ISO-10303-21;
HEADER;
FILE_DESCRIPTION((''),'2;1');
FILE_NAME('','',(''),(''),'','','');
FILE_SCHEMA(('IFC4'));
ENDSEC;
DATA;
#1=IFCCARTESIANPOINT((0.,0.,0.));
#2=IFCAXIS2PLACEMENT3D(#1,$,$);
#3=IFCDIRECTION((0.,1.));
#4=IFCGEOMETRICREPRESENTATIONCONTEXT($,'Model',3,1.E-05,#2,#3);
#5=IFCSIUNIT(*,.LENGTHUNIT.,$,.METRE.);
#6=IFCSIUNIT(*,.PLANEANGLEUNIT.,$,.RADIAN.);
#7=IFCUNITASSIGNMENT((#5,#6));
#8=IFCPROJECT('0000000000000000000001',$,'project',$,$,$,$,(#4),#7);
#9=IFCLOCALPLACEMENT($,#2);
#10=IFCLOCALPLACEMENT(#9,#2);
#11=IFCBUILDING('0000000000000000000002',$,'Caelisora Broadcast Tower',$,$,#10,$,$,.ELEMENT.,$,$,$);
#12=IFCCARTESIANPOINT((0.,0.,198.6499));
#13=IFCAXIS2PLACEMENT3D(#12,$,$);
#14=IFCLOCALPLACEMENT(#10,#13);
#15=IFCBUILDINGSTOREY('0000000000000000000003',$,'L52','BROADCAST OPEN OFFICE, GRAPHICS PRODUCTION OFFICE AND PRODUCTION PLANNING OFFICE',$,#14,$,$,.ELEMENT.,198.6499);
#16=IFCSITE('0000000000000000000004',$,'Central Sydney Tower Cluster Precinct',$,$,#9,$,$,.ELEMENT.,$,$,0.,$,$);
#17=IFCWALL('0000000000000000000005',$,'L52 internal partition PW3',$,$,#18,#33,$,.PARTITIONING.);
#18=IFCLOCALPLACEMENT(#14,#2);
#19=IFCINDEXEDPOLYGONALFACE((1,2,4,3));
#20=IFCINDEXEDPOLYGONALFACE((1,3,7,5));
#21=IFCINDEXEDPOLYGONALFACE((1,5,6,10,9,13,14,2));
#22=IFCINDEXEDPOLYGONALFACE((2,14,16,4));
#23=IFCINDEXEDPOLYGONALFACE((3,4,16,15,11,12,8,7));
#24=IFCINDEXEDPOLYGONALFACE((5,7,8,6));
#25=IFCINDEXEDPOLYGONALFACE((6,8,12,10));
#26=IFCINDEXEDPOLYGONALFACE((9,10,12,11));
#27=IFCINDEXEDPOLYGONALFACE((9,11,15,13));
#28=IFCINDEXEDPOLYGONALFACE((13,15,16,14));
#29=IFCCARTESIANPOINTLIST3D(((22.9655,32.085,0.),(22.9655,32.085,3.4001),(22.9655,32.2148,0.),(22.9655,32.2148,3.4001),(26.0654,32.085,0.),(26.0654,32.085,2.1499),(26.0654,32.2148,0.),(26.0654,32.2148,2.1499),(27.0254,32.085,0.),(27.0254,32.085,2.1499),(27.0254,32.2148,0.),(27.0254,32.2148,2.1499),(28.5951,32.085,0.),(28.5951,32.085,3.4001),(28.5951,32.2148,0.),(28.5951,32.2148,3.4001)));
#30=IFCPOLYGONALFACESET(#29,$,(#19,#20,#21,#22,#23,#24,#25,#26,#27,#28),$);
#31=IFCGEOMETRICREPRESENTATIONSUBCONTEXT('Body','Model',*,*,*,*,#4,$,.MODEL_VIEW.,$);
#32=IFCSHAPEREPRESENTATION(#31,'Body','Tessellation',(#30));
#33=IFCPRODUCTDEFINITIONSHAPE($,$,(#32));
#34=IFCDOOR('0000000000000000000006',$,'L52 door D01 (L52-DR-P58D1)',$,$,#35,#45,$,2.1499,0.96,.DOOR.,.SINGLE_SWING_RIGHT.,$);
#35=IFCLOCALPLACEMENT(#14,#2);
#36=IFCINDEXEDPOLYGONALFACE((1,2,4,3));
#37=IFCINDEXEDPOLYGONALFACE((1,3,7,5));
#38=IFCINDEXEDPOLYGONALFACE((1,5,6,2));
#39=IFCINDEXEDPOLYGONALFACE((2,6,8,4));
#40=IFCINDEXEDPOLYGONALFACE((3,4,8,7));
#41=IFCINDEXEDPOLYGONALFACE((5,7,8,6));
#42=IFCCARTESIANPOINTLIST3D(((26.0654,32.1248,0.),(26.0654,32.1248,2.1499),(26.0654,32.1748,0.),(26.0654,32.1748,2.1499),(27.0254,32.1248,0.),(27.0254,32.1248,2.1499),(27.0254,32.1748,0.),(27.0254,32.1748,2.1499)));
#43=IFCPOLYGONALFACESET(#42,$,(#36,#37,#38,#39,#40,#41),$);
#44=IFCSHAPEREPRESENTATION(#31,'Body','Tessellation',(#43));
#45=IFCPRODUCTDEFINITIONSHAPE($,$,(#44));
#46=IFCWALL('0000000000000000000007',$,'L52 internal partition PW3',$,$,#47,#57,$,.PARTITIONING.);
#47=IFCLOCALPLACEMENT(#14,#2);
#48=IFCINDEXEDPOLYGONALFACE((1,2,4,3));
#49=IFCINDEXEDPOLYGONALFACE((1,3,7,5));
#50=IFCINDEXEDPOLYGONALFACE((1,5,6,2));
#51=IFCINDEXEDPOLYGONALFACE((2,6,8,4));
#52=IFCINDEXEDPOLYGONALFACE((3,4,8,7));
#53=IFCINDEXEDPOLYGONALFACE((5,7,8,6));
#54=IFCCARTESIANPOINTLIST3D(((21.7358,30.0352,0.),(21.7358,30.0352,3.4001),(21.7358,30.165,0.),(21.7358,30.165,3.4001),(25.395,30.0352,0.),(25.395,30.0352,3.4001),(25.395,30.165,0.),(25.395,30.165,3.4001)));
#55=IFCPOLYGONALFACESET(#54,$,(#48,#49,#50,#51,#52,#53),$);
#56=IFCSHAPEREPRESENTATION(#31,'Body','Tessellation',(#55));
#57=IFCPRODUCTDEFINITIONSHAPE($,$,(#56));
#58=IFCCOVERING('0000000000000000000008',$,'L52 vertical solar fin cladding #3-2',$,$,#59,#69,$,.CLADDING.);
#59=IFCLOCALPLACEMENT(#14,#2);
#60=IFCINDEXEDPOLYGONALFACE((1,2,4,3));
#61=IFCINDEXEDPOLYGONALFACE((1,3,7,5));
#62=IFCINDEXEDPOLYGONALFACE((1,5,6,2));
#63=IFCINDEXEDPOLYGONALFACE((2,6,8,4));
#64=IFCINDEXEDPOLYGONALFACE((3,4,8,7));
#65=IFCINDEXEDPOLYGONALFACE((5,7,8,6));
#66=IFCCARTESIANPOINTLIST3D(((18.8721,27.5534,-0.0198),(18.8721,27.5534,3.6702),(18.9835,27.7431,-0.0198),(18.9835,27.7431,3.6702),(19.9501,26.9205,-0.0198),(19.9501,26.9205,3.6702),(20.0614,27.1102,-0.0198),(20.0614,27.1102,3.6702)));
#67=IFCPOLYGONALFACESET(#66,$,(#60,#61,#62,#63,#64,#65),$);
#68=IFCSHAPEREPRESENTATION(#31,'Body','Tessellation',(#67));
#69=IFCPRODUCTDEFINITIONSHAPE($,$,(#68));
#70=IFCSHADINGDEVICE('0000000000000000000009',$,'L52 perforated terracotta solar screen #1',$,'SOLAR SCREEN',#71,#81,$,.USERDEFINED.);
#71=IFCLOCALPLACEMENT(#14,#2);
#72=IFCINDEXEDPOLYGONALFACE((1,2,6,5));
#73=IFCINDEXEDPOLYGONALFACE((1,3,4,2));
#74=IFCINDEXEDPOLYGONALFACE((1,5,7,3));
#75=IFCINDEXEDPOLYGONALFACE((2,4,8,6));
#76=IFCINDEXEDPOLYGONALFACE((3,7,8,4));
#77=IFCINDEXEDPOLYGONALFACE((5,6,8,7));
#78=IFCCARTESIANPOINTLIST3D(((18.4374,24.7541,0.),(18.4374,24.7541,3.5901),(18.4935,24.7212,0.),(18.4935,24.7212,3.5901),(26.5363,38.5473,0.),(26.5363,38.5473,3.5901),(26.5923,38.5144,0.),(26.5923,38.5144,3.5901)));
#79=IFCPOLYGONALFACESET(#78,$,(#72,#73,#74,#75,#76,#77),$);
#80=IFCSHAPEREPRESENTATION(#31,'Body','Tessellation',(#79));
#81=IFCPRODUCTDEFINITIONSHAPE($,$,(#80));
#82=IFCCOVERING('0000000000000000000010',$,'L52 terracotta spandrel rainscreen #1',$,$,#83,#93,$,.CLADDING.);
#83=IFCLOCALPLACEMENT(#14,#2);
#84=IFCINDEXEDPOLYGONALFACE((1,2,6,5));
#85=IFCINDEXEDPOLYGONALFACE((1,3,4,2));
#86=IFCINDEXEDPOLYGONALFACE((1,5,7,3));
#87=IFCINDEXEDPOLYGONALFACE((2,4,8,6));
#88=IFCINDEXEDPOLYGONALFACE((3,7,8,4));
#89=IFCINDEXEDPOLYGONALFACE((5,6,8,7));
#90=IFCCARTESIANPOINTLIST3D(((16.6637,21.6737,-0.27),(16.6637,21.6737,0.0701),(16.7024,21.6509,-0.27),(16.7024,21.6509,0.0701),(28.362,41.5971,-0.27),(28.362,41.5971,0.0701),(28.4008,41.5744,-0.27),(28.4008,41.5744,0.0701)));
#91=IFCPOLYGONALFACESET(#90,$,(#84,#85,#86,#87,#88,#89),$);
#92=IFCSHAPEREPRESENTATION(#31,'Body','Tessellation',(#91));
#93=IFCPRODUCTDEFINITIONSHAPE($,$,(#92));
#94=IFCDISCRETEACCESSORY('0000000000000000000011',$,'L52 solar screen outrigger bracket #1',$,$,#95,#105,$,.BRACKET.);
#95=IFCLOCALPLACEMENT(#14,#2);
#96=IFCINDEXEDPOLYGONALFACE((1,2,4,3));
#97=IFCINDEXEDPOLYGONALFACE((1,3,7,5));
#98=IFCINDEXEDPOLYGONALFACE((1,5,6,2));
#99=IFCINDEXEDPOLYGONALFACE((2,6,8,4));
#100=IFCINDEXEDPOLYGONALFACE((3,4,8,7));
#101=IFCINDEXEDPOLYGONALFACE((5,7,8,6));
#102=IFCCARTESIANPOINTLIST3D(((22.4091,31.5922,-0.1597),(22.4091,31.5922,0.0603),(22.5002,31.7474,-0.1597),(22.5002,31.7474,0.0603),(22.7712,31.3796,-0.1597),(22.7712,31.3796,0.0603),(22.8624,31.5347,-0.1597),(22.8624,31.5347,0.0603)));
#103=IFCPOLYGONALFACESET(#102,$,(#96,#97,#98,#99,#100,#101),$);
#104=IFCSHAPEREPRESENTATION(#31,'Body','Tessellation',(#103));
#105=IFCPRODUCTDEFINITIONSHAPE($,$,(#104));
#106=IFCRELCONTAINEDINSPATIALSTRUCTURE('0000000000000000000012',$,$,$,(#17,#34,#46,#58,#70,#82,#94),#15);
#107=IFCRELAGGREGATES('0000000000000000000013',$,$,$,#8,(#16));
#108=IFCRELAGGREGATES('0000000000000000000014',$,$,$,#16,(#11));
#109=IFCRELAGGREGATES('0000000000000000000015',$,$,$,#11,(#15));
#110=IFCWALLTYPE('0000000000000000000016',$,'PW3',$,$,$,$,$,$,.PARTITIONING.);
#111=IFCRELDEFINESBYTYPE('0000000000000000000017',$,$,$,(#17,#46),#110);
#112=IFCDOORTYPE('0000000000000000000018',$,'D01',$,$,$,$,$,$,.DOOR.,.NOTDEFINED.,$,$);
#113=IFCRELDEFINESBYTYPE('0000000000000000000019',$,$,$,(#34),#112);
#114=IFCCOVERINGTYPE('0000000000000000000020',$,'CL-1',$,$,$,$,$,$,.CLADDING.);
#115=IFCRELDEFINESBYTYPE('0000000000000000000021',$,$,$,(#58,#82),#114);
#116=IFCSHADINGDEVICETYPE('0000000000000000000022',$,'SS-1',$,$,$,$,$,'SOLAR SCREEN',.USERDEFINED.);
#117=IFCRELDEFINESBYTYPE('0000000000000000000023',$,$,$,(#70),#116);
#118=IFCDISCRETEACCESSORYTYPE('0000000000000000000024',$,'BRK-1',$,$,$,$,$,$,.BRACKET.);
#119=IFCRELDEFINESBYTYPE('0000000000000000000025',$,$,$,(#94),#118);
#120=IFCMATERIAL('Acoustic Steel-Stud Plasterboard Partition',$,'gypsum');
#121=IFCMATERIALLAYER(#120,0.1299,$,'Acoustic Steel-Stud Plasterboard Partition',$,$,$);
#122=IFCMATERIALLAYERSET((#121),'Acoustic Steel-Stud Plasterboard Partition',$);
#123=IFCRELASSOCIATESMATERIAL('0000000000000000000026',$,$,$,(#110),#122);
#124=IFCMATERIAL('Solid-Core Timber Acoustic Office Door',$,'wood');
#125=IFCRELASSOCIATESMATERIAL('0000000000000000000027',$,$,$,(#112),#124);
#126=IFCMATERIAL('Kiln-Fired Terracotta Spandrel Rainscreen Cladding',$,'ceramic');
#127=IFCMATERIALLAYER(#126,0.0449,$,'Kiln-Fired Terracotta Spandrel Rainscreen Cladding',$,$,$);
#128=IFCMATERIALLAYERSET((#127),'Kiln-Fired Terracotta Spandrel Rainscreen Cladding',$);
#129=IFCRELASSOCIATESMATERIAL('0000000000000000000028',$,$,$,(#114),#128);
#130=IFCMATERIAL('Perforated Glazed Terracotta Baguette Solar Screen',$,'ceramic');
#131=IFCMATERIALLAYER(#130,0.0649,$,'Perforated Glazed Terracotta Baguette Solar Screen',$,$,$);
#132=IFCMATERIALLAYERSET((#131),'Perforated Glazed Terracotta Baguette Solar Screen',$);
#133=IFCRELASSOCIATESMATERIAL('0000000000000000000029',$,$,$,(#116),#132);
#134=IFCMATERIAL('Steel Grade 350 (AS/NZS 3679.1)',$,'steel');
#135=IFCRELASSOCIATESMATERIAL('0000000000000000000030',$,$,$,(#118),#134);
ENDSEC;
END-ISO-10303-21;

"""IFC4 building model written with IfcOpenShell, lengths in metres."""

from ifc_helpers import new_model, si_unit, direction, frame, frame_2d, origin, origin_2d, place, context, subcontext, project, spatial, rectangle, extrude, source, transform, mapped, material, layer, layer_set, type_object, type_shapes, element, fill, save


model = new_model("IFC4")

# Units and contexts
model_context = context("Model", 3, precision=1e-05, world=origin(), true_north=direction((0.0, 1.0)))
body_context = subcontext(model_context, "Body", "Model", "MODEL_VIEW")
ifc_project = project(units=[si_unit("LENGTHUNIT", "METRE"), si_unit("PLANEANGLEUNIT", "RADIAN")], contexts=[model_context])

# Site, building, storey
site_placement = place(None, origin())
site = spatial("IfcSite", under=ifc_project, at=site_placement, Name="Central Sydney Tower Cluster Precinct", CompositionType="ELEMENT", RefElevation=0.0)
building_placement = place(site_placement, origin())
building = spatial("IfcBuilding", under=site, at=building_placement, Name="Caelisora Broadcast Tower", CompositionType="ELEMENT")
storey_placement = place(building_placement, frame((0.0, 0.0, 198.6499)))
storey = spatial("IfcBuildingStorey", under=building, at=storey_placement, Name="L52", Description="BROADCAST OPEN OFFICE, GRAPHICS PRODUCTION OFFICE AND PRODUCTION PLANNING OFFICE", CompositionType="ELEMENT", Elevation=198.6499)

# Shared definitions
ifc_material_1 = material(Name="Steel Grade 350 (AS/NZS 3679.1)", Category="steel")

# Wall, opening, door
ifc_material_2 = material(Name="Acoustic Steel-Stud Plasterboard Partition", Category="gypsum")
ifc_layer_1 = layer(ifc_material_2, 0.1299, Name="Acoustic Steel-Stud Plasterboard Partition")
ifc_layer_set_1 = layer_set([ifc_layer_1], Name="Acoustic Steel-Stud Plasterboard Partition")
wall_type_1 = type_object("IfcWallType", Name="PW3", PredefinedType="PARTITIONING", material=ifc_layer_set_1)
ifc_material_3 = material(Name="Solid-Core Timber Acoustic Office Door", Category="wood")
door_type_1 = type_object("IfcDoorType", Name="D01", OperationType="NOTDEFINED", PredefinedType="DOOR", material=ifc_material_3)
wall_1_placement = place(storey_placement, frame((22.9653, 32.1499, 0.0), z_axis=(0.0, 0.0, 1.0), x_axis=(1.0, 0.0, 0.0)))
wall_1 = element("IfcWall", 1, at=wall_1_placement, inside=storey, type_object=wall_type_1, Name="L52 internal partition PW3", PredefinedType="PARTITIONING", context=body_context, shape_type="SweptSolid", body=[
    extrude(rectangle(XDim=5.6296, YDim=0.1299, at=frame_2d((2.8149, 0.0))), origin(), (0.0, 0.0, 1.0), 3.4001),
])
opening_1_placement = place(wall_1_placement, frame((3.1001, 0.0, 0.0)))
opening_1 = element("IfcOpeningElement", 2, at=opening_1_placement, cuts=wall_1, PredefinedType="OPENING", context=body_context, shape_type="SweptSolid", body=[
    extrude(rectangle(XDim=0.96, YDim=2.1499, at=frame_2d((0.48, 1.075))), frame((0.0, 0.0769, 0.0), z_axis=(0.0, -1.0, 0.0), x_axis=(1.0, 0.0, 0.0)), (0.0, 0.0, 1.0), 0.1538),
])
door_1_placement = place(opening_1_placement, origin())
door_1 = element("IfcDoor", 3, at=door_1_placement, inside=storey, type_object=door_type_1, Name="L52 door D01 (L52-DR-P58D1)", OperationType="SINGLE_SWING_RIGHT", OverallHeight=2.1499, OverallWidth=0.96, PredefinedType="DOOR", context=body_context, shape_type="SweptSolid", body=[
    extrude(rectangle(XDim=0.96, YDim=2.1499, at=frame_2d((0.48, 1.075))), frame((0.0, 0.0249, 0.0), z_axis=(0.0, -1.0, 0.0), x_axis=(1.0, 0.0, 0.0)), (0.0, 0.0, 1.0), 0.05),
])
fill(opening_1, door_1)

# Wall
wall_2_placement = place(storey_placement, frame((21.7358, 30.1001, 0.0), z_axis=(0.0, 0.0, 1.0), x_axis=(1.0, 0.0, 0.0)))
element("IfcWall", 4, at=wall_2_placement, inside=storey, type_object=wall_type_1, Name="L52 internal partition PW3", PredefinedType="PARTITIONING", context=body_context, shape_type="SweptSolid", body=[
    extrude(rectangle(XDim=3.6592, YDim=0.1299, at=frame_2d((1.8296, 0.0))), origin(), (0.0, 0.0, 1.0), 3.4001),
])

# Covering
ifc_material_4 = material(Name="Kiln-Fired Terracotta Spandrel Rainscreen Cladding", Category="ceramic")
ifc_layer_2 = layer(ifc_material_4, 0.0449, Name="Kiln-Fired Terracotta Spandrel Rainscreen Cladding")
ifc_layer_set_2 = layer_set([ifc_layer_2], Name="Kiln-Fired Terracotta Spandrel Rainscreen Cladding")
covering_type = type_object("IfcCoveringType", Name="CL-1", PredefinedType="CLADDING", material=ifc_layer_set_2)
shared_shape_1 = source(origin(), body_context, "Body", "SweptSolid", [
    extrude(rectangle(XDim=0.22, YDim=1.25, at=origin_2d()), origin(), (0.0, 0.0, 1.0), 3.6899),
])
covering_1_placement = place(storey_placement, frame((19.4668, 27.3318, -0.0198), z_axis=(0.0, 0.0, 1.0), x_axis=(0.506335, 0.862337, 0.0)))
element("IfcCovering", 5, at=covering_1_placement, inside=storey, type_object=covering_type, Name="L52 vertical solar fin cladding #3-2", PredefinedType="CLADDING", context=body_context, shape_type="MappedRepresentation", body=[
    mapped(shared_shape_1, transform((0.0, 0.0, 0.0), scale=1.0)),
])

# Shading device
ifc_material_5 = material(Name="Perforated Glazed Terracotta Baguette Solar Screen", Category="ceramic")
ifc_layer_3 = layer(ifc_material_5, 0.0649, Name="Perforated Glazed Terracotta Baguette Solar Screen")
ifc_layer_set_3 = layer_set([ifc_layer_3], Name="Perforated Glazed Terracotta Baguette Solar Screen")
shading_device_type = type_object("IfcShadingDeviceType", Name="SS-1", ElementType="SOLAR SCREEN", PredefinedType="USERDEFINED", material=ifc_layer_set_3)
shared_shape_2 = source(origin(), body_context, "Body", "SweptSolid", [
    extrude(rectangle(XDim=15.9951, YDim=0.0649, at=origin_2d()), origin(), (0.0, 0.0, 1.0), 3.5901),
])
type_shapes(shading_device_type, [shared_shape_2])
shading_device_placement = place(storey_placement, frame((22.5149, 31.6343, 0.0), z_axis=(0.0, 0.0, 1.0), x_axis=(-0.506335, -0.862337, 0.0)))
element("IfcShadingDevice", 6, at=shading_device_placement, inside=storey, type_object=shading_device_type, Name="L52 perforated terracotta solar screen #1", ObjectType="SOLAR SCREEN", PredefinedType="USERDEFINED", context=body_context, shape_type="MappedRepresentation", body=[
    mapped(shared_shape_2, transform((0.0, 0.0, 0.0), scale=1.0)),
])

# Covering
shared_shape_3 = source(origin(), body_context, "Body", "SweptSolid", [
    extrude(rectangle(XDim=23.104, YDim=0.0449, at=origin_2d()), origin(), (0.0, 0.0, 1.0), 0.3401),
])
type_shapes(covering_type, [shared_shape_1, shared_shape_3])
covering_2_placement = place(storey_placement, frame((22.5322, 31.624, -0.27), z_axis=(0.0, 0.0, 1.0), x_axis=(-0.506335, -0.862337, 0.0)))
element("IfcCovering", 7, at=covering_2_placement, inside=storey, type_object=covering_type, Name="L52 terracotta spandrel rainscreen #1", PredefinedType="CLADDING", context=body_context, shape_type="MappedRepresentation", body=[
    mapped(shared_shape_3, transform((0.0, 0.0, 0.0), scale=1.0)),
])

# Discrete accessory
discrete_accessory_type = type_object("IfcDiscreteAccessoryType", Name="BRK-1", PredefinedType="BRACKET", material=ifc_material_1)
shared_shape_4 = source(origin(), body_context, "Body", "SweptSolid", [
    extrude(rectangle(XDim=0.1799, YDim=0.4199, at=origin_2d()), origin(), (0.0, 0.0, 1.0), 0.22),
])
type_shapes(discrete_accessory_type, [shared_shape_4])
discrete_accessory_placement = place(storey_placement, frame((22.6357, 31.5635, -0.1597), z_axis=(0.0, 0.0, 1.0), x_axis=(-0.506335, -0.862337, 0.0)))
element("IfcDiscreteAccessory", 8, at=discrete_accessory_placement, inside=storey, type_object=discrete_accessory_type, Name="L52 solar screen outrigger bracket #1", PredefinedType="BRACKET", context=body_context, shape_type="MappedRepresentation", body=[
    mapped(shared_shape_4, transform((0.0, 0.0, 0.0), scale=1.0)),
])

save(model, "model.ifc")
